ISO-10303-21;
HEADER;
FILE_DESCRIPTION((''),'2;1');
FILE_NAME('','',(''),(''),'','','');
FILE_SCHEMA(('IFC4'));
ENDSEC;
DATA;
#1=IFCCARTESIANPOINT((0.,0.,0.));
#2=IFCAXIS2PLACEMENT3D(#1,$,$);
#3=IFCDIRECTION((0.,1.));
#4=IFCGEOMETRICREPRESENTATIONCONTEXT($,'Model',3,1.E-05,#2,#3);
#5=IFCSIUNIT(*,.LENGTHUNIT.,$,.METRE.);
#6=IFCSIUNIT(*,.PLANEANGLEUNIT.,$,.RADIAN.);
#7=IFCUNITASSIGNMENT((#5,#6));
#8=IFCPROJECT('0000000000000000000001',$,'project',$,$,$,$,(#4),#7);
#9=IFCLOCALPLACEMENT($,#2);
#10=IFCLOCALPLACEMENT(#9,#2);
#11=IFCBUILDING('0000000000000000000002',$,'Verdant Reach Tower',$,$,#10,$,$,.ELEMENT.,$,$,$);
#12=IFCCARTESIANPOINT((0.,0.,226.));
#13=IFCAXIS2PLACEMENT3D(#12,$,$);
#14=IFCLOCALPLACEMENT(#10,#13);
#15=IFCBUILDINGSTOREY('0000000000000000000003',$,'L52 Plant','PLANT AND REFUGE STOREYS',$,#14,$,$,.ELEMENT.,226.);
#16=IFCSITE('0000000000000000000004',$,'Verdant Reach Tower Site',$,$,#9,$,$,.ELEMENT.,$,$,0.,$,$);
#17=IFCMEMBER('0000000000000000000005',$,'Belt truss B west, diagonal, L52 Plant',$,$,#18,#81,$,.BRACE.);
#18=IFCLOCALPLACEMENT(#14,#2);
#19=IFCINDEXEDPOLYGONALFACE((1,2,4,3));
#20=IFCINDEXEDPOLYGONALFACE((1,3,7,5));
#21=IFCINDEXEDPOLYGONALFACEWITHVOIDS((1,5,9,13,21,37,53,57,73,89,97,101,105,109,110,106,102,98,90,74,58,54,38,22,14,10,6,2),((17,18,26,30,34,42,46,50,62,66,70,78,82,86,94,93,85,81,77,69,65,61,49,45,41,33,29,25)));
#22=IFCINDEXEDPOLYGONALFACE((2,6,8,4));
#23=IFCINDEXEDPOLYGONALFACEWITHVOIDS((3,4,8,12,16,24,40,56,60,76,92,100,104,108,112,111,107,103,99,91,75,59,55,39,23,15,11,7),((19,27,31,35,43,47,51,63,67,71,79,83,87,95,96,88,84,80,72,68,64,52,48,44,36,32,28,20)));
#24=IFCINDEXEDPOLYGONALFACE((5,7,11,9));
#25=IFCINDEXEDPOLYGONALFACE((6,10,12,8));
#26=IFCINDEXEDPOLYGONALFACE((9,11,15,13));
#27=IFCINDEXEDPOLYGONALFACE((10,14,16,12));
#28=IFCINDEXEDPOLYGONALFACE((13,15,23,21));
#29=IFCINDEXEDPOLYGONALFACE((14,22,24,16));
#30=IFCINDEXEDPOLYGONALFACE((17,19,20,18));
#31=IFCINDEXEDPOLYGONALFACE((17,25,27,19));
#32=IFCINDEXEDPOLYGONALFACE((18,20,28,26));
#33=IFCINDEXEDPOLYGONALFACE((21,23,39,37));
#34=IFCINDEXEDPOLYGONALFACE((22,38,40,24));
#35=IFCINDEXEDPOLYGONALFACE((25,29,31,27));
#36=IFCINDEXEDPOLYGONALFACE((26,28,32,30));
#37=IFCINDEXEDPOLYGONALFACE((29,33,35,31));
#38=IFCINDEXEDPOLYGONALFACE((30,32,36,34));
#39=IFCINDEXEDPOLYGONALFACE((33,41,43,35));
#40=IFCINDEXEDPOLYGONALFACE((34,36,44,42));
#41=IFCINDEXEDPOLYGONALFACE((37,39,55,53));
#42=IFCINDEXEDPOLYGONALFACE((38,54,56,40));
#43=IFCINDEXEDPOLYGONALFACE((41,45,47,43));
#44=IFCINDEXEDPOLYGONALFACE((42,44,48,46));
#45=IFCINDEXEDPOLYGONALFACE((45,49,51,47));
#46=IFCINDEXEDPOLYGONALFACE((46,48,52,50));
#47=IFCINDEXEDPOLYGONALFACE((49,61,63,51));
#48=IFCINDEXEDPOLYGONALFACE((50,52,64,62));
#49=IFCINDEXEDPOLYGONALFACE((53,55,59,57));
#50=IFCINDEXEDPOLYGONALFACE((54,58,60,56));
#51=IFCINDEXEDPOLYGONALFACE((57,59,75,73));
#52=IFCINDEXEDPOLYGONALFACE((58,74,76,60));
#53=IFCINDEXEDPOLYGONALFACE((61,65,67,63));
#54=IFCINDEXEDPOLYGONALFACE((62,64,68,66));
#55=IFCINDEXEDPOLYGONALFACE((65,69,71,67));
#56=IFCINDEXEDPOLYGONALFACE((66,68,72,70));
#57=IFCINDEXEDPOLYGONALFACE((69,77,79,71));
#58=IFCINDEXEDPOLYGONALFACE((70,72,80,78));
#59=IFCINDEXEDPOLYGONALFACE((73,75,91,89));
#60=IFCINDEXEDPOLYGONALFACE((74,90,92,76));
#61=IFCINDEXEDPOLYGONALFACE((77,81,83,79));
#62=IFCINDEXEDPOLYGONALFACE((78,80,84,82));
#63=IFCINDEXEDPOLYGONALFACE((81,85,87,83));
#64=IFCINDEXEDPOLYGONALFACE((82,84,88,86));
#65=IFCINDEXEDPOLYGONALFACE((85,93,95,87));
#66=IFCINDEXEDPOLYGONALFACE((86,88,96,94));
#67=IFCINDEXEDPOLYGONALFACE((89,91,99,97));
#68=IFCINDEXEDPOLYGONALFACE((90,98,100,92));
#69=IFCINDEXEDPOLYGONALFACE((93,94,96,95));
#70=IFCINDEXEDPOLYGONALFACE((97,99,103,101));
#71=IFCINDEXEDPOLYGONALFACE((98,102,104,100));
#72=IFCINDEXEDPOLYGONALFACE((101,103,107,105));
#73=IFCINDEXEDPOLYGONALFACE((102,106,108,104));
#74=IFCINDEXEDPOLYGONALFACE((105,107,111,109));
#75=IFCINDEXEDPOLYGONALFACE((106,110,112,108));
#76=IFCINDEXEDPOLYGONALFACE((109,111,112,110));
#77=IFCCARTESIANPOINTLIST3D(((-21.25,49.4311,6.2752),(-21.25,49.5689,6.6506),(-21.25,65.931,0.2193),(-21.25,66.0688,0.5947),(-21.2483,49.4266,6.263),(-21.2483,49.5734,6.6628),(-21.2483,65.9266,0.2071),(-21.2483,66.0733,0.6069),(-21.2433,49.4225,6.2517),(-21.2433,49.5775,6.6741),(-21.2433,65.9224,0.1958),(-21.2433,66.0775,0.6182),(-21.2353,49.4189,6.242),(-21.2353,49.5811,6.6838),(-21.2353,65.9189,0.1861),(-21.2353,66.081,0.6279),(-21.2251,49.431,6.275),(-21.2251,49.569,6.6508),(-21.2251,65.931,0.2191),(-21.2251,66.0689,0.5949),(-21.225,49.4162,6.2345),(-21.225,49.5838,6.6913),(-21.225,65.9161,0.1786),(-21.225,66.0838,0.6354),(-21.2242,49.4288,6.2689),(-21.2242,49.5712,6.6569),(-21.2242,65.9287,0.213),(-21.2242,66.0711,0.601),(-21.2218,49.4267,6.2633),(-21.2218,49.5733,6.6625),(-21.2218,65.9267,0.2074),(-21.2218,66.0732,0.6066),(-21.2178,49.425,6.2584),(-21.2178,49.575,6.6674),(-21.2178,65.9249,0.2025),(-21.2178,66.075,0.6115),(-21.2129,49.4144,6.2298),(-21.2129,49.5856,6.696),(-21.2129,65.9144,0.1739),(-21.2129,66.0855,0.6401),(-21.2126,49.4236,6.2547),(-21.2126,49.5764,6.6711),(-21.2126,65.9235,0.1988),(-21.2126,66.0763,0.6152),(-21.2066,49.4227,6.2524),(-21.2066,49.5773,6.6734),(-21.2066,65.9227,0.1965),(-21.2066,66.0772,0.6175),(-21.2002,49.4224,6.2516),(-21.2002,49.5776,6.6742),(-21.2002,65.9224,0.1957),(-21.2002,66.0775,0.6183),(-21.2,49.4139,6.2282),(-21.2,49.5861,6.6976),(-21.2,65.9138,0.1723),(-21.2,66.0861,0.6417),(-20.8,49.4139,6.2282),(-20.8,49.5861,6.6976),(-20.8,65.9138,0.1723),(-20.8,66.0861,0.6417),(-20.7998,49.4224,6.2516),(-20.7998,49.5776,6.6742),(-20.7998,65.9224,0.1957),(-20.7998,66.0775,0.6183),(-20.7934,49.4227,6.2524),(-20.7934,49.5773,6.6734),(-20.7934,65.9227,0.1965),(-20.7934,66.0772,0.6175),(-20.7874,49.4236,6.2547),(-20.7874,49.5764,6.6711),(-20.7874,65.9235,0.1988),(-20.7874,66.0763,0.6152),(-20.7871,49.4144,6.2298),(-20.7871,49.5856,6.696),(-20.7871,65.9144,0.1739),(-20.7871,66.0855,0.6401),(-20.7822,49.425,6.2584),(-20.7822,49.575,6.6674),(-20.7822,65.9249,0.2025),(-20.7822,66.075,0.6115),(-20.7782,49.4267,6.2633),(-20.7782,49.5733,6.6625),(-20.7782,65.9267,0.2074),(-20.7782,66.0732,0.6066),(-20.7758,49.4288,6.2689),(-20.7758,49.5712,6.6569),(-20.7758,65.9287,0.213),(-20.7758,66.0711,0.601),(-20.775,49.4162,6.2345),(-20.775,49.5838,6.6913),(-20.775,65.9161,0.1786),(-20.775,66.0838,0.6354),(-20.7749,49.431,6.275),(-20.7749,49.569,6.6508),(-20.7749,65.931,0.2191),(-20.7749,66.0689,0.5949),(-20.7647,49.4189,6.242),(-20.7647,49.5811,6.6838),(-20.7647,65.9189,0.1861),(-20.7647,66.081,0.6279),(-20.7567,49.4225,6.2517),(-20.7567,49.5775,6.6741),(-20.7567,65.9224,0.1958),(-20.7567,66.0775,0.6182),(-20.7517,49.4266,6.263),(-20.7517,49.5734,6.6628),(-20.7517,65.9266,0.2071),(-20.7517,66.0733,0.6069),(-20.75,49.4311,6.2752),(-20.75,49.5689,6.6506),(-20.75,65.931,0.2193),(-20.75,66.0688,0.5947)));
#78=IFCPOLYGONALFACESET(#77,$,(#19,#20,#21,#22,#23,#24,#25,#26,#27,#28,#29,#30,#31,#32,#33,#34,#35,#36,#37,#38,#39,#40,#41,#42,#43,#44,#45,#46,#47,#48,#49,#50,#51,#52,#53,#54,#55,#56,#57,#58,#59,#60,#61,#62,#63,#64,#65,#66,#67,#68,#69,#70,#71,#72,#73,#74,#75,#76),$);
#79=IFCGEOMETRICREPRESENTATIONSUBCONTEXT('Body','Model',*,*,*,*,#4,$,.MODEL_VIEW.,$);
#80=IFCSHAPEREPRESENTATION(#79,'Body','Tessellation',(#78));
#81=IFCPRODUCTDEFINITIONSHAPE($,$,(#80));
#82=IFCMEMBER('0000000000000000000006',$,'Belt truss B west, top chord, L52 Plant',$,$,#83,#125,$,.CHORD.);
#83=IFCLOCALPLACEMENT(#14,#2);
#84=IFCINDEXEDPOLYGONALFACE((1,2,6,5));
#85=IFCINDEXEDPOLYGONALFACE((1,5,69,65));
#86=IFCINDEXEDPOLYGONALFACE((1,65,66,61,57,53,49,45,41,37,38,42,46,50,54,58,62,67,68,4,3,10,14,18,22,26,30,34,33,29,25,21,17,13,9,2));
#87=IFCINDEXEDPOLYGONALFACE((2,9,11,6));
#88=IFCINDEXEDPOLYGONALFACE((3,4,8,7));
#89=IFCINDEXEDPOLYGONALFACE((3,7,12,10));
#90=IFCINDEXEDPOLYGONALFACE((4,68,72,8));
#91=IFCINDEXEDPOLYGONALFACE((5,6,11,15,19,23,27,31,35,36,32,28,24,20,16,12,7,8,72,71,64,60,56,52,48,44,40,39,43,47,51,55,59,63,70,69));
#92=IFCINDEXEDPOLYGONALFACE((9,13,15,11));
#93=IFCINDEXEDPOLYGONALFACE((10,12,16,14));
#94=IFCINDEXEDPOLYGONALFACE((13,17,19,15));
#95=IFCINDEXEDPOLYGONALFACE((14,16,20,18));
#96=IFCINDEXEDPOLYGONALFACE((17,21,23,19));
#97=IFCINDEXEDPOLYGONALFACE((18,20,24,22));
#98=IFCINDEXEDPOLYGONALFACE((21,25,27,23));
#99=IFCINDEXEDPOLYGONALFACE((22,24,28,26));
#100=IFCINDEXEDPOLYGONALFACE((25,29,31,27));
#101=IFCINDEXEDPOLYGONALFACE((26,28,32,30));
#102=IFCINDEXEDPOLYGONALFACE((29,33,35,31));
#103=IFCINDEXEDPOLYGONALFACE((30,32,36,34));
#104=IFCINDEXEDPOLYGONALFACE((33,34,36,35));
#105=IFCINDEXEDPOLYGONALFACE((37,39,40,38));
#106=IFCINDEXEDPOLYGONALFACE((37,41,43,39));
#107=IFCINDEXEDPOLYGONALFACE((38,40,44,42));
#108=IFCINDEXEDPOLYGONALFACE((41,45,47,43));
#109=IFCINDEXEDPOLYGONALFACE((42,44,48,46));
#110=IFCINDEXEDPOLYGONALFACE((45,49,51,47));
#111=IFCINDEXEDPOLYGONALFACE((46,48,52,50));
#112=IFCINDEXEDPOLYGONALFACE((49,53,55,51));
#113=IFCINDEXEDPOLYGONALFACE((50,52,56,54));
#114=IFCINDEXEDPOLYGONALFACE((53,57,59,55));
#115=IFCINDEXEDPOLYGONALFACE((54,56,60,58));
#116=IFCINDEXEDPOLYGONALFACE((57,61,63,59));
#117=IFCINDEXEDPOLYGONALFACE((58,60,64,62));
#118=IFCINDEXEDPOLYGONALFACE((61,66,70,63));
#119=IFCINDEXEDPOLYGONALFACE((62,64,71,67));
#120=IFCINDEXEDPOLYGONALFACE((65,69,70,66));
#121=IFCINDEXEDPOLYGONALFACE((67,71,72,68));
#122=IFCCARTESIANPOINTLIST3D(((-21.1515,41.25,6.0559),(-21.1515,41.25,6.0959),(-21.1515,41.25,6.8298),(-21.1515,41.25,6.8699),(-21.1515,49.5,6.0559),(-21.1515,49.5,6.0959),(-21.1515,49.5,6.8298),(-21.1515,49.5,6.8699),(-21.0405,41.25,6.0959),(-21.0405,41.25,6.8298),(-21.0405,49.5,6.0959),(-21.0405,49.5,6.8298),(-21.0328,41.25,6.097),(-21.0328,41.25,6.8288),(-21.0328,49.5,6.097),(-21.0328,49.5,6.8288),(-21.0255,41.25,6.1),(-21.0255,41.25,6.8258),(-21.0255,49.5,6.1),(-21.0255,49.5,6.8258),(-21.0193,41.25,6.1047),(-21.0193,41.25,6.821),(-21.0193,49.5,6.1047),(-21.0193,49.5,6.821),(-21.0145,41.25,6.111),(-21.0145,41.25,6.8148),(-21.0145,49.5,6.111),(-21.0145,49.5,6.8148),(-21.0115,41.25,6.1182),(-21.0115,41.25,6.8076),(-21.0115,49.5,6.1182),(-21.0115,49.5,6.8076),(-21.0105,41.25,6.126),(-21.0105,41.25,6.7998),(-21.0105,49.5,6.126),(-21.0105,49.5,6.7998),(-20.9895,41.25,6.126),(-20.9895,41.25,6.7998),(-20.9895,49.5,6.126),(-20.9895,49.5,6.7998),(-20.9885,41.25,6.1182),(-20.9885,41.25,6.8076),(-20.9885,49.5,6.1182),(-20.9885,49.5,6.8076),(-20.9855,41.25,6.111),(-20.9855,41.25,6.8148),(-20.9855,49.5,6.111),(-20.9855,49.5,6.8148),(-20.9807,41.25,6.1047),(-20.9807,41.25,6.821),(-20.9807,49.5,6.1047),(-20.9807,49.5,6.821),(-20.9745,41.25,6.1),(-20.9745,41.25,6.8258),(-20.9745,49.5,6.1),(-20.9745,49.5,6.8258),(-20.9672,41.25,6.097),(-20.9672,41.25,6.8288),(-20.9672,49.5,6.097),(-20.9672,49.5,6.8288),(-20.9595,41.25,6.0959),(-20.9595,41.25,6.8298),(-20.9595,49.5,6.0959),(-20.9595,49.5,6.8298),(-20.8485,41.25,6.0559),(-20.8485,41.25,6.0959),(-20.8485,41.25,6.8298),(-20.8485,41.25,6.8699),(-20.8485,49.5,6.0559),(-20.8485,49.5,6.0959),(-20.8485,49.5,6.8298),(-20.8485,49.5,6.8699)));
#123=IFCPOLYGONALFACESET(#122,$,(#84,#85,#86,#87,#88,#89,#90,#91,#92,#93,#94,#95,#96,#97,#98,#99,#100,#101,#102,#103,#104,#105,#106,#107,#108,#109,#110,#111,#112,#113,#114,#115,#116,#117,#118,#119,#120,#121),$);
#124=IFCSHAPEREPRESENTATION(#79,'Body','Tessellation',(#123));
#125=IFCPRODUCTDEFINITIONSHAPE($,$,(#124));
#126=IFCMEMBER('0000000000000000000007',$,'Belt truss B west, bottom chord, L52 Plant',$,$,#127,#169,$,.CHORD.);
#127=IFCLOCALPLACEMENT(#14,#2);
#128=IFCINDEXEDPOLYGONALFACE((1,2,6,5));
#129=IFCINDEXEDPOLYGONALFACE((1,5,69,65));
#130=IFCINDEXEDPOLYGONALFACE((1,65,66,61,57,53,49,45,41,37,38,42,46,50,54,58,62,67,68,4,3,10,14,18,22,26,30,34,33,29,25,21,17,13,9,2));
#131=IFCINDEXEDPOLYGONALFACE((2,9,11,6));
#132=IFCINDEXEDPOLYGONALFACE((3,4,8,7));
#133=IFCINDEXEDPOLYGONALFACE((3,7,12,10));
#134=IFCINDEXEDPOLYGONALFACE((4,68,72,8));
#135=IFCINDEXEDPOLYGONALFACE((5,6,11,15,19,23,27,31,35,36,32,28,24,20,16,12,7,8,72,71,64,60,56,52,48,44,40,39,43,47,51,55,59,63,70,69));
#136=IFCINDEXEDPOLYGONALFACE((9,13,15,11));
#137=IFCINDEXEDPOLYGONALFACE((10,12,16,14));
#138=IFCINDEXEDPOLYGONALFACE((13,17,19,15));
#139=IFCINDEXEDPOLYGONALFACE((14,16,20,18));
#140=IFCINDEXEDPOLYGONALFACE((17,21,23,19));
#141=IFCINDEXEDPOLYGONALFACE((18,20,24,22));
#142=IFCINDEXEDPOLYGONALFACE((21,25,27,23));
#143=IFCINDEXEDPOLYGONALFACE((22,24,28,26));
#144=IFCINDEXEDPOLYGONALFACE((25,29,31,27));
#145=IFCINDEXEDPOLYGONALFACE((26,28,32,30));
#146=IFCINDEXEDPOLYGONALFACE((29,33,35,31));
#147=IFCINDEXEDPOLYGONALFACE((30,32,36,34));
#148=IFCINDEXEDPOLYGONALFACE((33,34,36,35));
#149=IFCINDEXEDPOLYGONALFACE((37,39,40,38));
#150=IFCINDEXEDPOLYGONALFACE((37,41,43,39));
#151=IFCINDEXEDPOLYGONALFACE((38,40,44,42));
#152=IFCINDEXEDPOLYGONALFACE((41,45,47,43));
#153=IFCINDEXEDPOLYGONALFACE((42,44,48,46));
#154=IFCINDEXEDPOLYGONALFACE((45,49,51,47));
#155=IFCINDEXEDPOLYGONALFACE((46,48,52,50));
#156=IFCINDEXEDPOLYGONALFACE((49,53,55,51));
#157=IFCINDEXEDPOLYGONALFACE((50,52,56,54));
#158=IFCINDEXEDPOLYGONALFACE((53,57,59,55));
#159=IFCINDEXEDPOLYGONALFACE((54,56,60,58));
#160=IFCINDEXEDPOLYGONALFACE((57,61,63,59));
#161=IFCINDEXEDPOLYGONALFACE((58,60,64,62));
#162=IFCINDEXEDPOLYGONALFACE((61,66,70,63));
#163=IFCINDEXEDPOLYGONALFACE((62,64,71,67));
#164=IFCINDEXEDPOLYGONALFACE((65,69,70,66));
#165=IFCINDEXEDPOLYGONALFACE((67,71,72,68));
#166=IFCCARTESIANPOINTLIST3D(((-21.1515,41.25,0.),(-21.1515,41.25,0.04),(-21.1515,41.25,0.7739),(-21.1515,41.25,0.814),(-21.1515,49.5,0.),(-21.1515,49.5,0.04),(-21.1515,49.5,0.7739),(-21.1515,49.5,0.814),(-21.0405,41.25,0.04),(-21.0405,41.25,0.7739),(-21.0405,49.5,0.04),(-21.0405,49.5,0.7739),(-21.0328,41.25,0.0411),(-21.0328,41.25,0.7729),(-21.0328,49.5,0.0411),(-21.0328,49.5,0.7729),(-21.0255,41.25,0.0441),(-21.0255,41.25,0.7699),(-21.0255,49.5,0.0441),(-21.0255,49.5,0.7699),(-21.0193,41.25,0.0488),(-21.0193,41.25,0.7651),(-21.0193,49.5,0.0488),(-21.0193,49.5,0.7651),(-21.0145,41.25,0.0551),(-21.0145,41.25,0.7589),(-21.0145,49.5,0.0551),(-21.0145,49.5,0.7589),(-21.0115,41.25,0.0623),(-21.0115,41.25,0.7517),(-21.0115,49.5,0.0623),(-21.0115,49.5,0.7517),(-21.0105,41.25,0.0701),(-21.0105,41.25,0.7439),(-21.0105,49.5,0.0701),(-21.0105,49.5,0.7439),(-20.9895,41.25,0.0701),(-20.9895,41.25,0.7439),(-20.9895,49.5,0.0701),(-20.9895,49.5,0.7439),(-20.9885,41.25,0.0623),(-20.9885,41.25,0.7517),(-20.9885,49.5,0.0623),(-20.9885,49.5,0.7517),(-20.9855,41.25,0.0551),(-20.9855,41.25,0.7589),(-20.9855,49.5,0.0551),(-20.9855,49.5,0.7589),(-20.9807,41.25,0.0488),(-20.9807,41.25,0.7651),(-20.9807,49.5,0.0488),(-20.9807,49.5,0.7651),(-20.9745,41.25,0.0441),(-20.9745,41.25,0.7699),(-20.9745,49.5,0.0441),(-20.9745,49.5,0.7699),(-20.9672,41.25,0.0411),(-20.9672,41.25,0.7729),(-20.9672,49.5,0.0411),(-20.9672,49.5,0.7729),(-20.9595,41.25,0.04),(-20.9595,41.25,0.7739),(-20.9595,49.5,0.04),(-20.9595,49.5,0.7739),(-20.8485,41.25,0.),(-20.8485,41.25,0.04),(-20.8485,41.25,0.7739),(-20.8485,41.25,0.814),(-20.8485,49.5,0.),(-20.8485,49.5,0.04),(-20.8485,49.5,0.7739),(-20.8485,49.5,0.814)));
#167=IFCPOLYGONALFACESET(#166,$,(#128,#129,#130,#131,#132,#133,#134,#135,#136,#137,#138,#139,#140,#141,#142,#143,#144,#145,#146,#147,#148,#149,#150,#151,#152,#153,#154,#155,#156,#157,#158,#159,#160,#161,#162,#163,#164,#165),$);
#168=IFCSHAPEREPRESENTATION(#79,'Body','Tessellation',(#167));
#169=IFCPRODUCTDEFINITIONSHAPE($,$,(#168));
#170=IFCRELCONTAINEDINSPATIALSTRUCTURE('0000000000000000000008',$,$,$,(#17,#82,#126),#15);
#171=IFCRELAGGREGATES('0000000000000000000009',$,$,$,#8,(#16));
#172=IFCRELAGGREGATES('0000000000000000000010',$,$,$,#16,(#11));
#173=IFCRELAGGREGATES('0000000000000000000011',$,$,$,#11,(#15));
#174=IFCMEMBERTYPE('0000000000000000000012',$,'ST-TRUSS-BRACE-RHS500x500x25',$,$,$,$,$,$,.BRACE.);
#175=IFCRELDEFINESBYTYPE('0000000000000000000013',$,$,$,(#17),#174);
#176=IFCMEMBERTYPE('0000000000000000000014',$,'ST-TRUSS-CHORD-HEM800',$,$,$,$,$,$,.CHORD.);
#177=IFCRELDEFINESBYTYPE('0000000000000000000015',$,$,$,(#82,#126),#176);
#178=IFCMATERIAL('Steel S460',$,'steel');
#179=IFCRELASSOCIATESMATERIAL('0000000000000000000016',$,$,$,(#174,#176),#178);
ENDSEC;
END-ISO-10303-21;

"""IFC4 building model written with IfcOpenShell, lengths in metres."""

from ifc_helpers import new_model, si_unit, direction, frame, origin, origin_2d, place, context, subcontext, project, spatial, hollow_rectangle, i_section, extrude, material, material_profile, profile_set, type_object, element, save


model = new_model("IFC4")

# Units and contexts
model_context = context("Model", 3, precision=1e-05, world=origin(), true_north=direction((0.0, 1.0)))
body_context = subcontext(model_context, "Body", "Model", "MODEL_VIEW")
ifc_project = project(units=[si_unit("LENGTHUNIT", "METRE"), si_unit("PLANEANGLEUNIT", "RADIAN")], contexts=[model_context])

# Site, building, storey
site_placement = place(None, origin())
site = spatial("IfcSite", under=ifc_project, at=site_placement, Name="Verdant Reach Tower Site", CompositionType="ELEMENT", RefElevation=0.0)
building_placement = place(site_placement, origin())
building = spatial("IfcBuilding", under=site, at=building_placement, Name="Verdant Reach Tower", CompositionType="ELEMENT")
storey_placement = place(building_placement, frame((0.0, 0.0, 226.0)))
storey = spatial("IfcBuildingStorey", under=building, at=storey_placement, Name="L52 Plant", Description="PLANT AND REFUGE STOREYS", CompositionType="ELEMENT", Elevation=226.0)

# Shared definitions
ifc_material_1 = material(Name="Steel S460", Category="steel")

# Members
ifc_material_profile_1 = material_profile(ifc_material_1, hollow_rectangle(XDim=0.5, YDim=0.5, WallThickness=0.0249, InnerFilletRadius=0.0249, OuterFilletRadius=0.05, at=origin_2d()), Name="RHS 500x500x25")
ifc_profile_set_1 = profile_set([ifc_material_profile_1], Name="Steel S460")
member_type_1 = type_object("IfcMemberType", Name="ST-TRUSS-BRACE-RHS500x500x25", PredefinedType="BRACE", material=ifc_profile_set_1)
member_1_placement = place(storey_placement, frame((-21.0, 49.5, 6.4629), z_axis=(0.0, 0.938768, -0.344551), x_axis=(-1.0, 0.0, 0.0)))
element("IfcMember", 1, at=member_1_placement, inside=storey, type_object=member_type_1, Name="Belt truss B west, diagonal, L52 Plant", PredefinedType="BRACE", context=body_context, shape_type="SweptSolid", body=[
    extrude(hollow_rectangle(XDim=0.5, YDim=0.5, WallThickness=0.0249, InnerFilletRadius=0.0249, OuterFilletRadius=0.05, at=origin_2d()), origin(), (0.0, 0.0, 1.0), 17.5762),
])
ifc_material_profile_2 = material_profile(ifc_material_1, i_section(OverallWidth=0.303, OverallDepth=0.814, WebThickness=0.021, FlangeThickness=0.04, FilletRadius=0.03, at=origin_2d()), Name="HEM 800")
ifc_profile_set_2 = profile_set([ifc_material_profile_2], Name="Steel S460")
member_type_2 = type_object("IfcMemberType", Name="ST-TRUSS-CHORD-HEM800", PredefinedType="CHORD", material=ifc_profile_set_2)
for number, where, z_axis, x_axis, name in (
    (2, (-21.0, 41.25, 6.4629), (0.0, 1.0, 0.0), (-1.0, 0.0, 0.0), "Belt truss B west, top chord, L52 Plant"),
    (3, (-21.0, 41.25, 0.407), (0.0, 1.0, 0.0), (-1.0, 0.0, 0.0), "Belt truss B west, bottom chord, L52 Plant"),
):
    element("IfcMember", number, at=place(storey_placement, frame(where, z_axis=z_axis, x_axis=x_axis)), inside=storey, type_object=member_type_2, Name=name, PredefinedType="CHORD", context=body_context, shape_type="SweptSolid", body=[
        extrude(i_section(OverallWidth=0.303, OverallDepth=0.814, WebThickness=0.021, FlangeThickness=0.04, FilletRadius=0.03, at=origin_2d()), origin(), (0.0, 0.0, 1.0), 8.25),
    ])

save(model, "model.ifc")
